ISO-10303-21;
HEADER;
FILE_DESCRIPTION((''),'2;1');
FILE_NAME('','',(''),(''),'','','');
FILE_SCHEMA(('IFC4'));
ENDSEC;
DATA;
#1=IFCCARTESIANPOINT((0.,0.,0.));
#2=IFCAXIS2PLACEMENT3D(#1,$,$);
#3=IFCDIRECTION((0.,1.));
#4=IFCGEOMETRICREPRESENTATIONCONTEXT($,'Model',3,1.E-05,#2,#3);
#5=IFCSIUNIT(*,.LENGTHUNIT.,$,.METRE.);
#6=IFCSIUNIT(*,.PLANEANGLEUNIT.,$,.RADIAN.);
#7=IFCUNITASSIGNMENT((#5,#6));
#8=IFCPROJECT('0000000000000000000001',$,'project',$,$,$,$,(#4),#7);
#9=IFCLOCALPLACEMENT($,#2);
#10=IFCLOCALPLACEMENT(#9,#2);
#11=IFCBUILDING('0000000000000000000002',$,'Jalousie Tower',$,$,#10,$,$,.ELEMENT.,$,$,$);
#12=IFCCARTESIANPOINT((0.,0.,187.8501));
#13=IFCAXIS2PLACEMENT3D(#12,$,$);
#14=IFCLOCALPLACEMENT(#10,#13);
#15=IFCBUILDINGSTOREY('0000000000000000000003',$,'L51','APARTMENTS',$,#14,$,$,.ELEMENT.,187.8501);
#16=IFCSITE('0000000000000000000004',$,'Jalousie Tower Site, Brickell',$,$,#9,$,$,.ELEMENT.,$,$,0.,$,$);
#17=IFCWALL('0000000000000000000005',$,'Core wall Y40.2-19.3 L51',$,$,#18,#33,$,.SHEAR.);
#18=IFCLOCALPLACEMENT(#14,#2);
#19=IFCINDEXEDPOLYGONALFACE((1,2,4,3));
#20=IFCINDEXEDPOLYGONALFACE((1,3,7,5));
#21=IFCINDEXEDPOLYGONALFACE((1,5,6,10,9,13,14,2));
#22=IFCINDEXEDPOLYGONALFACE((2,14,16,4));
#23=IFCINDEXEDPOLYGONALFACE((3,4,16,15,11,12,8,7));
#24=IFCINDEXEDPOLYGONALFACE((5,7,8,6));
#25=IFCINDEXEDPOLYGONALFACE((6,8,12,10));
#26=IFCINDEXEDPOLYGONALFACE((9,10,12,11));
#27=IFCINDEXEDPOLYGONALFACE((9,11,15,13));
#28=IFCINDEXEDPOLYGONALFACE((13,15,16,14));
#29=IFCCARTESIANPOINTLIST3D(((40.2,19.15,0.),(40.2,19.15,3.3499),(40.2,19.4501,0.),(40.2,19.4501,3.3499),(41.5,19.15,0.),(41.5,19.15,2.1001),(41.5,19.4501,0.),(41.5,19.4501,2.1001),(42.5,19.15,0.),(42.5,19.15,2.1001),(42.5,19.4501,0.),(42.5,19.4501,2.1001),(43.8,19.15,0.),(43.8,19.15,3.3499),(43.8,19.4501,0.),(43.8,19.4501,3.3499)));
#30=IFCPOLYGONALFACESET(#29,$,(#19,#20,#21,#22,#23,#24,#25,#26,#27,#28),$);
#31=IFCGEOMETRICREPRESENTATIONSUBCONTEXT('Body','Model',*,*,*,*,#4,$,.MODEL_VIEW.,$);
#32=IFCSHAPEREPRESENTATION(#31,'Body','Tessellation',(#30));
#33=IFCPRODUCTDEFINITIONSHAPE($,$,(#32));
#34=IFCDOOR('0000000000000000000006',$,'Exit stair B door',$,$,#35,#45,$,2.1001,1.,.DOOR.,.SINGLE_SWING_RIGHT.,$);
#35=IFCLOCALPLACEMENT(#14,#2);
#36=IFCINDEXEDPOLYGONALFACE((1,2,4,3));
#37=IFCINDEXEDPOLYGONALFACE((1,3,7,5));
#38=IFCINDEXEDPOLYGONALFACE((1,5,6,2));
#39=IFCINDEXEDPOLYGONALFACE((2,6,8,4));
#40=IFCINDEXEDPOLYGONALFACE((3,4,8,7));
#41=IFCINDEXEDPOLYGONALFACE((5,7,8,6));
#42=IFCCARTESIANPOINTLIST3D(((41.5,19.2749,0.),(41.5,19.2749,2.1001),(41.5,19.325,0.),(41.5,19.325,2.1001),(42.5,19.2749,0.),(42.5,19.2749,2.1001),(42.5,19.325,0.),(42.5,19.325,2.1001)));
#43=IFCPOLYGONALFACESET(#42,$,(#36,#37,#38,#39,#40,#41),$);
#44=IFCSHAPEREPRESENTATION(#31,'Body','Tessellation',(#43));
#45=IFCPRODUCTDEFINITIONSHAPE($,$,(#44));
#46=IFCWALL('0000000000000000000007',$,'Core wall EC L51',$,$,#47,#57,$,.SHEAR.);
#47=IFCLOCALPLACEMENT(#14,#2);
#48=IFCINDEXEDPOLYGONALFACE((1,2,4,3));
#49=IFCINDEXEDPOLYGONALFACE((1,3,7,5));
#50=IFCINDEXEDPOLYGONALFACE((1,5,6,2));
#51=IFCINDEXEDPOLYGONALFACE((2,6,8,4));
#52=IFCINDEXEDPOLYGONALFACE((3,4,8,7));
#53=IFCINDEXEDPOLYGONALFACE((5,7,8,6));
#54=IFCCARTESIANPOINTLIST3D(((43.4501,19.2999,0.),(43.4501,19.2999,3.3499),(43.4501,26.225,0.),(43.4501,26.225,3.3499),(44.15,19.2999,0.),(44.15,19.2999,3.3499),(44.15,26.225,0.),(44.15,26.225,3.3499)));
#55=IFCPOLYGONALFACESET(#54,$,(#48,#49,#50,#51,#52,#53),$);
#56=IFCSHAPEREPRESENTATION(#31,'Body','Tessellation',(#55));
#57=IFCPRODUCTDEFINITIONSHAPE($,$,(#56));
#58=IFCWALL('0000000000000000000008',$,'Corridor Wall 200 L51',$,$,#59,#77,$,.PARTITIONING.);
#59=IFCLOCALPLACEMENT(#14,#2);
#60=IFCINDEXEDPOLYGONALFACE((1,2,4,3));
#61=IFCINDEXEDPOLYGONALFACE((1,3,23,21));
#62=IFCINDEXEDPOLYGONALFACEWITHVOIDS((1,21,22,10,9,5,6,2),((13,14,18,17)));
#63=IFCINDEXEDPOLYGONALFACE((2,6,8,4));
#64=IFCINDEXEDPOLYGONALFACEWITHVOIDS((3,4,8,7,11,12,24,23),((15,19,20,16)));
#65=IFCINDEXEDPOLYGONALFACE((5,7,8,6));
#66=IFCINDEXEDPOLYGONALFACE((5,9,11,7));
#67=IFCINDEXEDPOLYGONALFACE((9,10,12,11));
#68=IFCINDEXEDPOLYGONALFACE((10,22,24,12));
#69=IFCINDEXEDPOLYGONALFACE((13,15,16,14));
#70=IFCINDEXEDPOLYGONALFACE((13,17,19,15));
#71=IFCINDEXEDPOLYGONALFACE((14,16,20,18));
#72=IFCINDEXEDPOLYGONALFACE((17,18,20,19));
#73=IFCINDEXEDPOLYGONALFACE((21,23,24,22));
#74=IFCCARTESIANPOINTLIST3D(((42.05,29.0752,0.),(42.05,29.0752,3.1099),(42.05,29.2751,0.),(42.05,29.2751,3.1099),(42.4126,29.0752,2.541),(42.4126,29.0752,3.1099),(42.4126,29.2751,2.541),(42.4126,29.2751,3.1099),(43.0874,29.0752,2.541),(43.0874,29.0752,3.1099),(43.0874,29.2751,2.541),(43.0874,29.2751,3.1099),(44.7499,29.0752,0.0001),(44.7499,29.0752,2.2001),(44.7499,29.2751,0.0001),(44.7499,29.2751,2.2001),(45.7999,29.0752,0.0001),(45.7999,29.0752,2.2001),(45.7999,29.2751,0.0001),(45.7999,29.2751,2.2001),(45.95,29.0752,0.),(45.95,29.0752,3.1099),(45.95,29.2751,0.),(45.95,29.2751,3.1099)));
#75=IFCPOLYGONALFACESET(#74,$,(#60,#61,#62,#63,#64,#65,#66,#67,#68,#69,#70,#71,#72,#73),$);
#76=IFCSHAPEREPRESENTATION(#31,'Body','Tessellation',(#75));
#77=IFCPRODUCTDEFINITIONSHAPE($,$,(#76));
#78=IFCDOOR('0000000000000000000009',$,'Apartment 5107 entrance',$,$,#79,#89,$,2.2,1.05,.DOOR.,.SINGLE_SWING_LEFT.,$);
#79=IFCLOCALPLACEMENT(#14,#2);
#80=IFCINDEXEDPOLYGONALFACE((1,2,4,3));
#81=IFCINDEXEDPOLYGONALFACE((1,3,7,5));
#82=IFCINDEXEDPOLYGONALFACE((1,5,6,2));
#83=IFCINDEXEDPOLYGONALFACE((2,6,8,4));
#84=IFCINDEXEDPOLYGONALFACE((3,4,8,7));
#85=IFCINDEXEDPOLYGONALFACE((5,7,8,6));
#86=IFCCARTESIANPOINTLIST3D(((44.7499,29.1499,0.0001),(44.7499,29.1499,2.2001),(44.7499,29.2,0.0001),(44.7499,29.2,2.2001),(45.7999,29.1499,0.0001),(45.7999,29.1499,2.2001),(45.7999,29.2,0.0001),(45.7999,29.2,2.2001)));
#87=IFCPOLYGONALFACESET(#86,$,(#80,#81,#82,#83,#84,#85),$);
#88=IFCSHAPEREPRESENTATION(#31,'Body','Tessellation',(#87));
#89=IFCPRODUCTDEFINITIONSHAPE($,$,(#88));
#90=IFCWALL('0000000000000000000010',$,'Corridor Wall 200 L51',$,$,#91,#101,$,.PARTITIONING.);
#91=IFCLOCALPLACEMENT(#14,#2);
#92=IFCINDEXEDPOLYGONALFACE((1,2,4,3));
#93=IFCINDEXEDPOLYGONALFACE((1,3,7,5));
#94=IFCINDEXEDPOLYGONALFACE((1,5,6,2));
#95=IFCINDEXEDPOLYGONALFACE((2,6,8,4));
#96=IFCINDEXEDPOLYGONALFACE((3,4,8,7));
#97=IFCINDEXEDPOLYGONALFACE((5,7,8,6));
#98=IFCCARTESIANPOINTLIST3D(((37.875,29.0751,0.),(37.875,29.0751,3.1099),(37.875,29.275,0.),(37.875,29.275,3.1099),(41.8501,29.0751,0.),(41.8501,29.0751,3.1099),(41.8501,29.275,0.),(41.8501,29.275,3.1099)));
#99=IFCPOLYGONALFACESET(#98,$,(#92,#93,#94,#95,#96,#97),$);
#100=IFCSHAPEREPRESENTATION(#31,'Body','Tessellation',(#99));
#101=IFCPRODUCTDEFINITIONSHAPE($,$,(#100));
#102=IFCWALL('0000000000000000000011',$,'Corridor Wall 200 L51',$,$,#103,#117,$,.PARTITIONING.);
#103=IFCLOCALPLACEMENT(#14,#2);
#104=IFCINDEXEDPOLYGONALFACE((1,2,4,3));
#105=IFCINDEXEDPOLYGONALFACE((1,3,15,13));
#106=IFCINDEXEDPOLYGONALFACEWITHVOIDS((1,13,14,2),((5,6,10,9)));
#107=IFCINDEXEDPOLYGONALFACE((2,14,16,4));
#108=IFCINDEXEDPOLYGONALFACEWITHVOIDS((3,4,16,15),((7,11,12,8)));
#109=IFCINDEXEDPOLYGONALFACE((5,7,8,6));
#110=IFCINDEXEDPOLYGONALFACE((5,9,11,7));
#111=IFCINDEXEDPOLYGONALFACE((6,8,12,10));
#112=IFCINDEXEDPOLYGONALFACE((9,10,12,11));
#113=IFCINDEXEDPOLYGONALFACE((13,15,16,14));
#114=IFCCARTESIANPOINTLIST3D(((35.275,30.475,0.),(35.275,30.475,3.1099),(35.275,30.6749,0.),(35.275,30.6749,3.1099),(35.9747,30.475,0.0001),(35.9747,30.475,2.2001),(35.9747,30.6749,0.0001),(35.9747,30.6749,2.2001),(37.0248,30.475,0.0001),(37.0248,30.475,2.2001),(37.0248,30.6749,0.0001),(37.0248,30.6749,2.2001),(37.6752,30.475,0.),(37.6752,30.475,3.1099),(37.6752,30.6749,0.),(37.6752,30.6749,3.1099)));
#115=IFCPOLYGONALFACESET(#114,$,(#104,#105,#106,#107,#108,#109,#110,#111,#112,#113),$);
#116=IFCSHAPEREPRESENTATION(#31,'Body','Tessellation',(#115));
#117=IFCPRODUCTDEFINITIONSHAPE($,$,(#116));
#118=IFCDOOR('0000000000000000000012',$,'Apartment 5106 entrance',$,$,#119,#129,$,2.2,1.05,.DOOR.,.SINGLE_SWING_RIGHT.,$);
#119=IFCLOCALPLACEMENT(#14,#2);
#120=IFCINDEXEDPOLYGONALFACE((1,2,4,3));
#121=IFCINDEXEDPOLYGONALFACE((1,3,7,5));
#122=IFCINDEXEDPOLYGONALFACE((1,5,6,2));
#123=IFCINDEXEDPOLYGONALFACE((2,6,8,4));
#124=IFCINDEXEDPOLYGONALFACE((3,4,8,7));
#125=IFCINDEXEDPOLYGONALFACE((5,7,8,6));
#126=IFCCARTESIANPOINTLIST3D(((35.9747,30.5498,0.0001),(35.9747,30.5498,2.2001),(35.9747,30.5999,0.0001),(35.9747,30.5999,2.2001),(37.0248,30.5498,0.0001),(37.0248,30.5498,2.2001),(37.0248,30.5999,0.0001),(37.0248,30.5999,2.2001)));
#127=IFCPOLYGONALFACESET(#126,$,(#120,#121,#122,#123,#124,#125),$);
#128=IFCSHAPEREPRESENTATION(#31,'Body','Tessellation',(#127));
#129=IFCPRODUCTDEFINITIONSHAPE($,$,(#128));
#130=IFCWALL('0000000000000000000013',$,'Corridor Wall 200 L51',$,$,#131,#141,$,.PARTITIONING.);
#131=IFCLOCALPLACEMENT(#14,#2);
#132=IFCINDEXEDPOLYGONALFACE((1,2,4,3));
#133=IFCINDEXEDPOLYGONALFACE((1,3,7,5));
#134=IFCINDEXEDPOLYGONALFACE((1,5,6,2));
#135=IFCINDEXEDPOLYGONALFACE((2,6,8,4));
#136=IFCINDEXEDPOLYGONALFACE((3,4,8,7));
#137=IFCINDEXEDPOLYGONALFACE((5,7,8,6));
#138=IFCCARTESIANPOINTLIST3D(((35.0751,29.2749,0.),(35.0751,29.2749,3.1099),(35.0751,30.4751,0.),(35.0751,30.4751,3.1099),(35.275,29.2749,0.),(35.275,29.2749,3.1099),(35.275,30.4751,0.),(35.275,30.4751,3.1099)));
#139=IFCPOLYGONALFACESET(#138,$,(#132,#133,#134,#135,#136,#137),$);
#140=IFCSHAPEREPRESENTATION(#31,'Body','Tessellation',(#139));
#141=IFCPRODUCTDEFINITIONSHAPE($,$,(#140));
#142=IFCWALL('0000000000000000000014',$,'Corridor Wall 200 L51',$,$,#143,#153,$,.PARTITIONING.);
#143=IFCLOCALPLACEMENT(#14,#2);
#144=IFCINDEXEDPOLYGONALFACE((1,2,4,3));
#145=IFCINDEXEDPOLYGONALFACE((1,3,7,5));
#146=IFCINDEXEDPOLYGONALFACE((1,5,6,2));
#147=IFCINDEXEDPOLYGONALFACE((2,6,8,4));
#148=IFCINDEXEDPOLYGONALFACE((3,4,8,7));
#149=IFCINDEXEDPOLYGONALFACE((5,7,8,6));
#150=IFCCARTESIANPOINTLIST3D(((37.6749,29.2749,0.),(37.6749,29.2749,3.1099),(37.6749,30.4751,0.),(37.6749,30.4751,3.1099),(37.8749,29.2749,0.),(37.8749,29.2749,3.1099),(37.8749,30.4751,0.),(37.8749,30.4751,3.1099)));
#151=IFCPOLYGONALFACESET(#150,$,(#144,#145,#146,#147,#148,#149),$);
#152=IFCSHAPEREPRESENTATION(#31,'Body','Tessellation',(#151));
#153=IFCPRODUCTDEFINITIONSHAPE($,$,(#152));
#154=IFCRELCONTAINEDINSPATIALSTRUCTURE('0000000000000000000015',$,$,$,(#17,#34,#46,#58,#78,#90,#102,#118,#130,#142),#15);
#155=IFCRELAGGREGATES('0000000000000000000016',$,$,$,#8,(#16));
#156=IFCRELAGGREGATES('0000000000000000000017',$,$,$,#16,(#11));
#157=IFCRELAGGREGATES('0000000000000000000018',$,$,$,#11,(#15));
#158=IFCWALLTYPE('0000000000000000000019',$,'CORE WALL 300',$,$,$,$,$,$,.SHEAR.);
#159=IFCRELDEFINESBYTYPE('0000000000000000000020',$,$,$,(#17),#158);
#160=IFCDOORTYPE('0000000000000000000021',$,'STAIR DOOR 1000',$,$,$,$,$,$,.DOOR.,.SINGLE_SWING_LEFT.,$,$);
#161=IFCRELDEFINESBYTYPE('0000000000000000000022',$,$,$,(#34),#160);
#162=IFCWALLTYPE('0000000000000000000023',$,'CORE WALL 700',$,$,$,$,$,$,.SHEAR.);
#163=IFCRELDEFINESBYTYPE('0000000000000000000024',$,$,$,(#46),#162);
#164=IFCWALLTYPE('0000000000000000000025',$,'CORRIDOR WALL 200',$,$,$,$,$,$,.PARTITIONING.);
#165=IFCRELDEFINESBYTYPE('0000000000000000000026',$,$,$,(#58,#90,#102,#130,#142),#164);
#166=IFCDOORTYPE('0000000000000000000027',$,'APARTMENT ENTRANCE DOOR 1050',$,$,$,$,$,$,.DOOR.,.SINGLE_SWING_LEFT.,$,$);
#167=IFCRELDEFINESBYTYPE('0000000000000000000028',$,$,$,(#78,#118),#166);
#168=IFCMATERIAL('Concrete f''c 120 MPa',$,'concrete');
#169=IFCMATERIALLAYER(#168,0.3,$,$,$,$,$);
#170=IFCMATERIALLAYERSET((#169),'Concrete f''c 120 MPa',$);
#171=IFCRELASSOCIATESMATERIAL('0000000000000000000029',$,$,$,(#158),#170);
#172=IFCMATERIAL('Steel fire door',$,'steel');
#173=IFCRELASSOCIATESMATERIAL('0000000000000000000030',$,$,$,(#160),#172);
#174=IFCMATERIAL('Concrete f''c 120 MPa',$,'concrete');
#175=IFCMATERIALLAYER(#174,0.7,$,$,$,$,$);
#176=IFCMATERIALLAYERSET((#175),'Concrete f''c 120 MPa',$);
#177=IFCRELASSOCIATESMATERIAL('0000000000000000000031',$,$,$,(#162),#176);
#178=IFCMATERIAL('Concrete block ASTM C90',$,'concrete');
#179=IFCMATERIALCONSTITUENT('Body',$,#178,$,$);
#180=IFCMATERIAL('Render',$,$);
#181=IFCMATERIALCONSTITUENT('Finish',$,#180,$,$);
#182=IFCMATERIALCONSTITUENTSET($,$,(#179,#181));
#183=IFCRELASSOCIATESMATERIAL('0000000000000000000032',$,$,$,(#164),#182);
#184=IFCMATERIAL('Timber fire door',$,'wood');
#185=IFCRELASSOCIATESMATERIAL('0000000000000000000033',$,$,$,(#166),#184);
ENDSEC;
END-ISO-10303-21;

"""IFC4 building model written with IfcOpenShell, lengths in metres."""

from ifc_helpers import new_model, si_unit, direction, frame, frame_2d, origin, place, context, subcontext, project, spatial, polyline, rectangle, outline, extrude, material, layer, layer_set, constituent, constituent_set, type_object, element, fill, save


model = new_model("IFC4")

# Units and contexts
model_context = context("Model", 3, precision=1e-05, world=origin(), true_north=direction((0.0, 1.0)))
body_context = subcontext(model_context, "Body", "Model", "MODEL_VIEW")
ifc_project = project(units=[si_unit("LENGTHUNIT", "METRE"), si_unit("PLANEANGLEUNIT", "RADIAN")], contexts=[model_context])

# Site, building, storey
site_placement = place(None, origin())
site = spatial("IfcSite", under=ifc_project, at=site_placement, Name="Jalousie Tower Site, Brickell", CompositionType="ELEMENT", RefElevation=0.0)
building_placement = place(site_placement, origin())
building = spatial("IfcBuilding", under=site, at=building_placement, Name="Jalousie Tower", CompositionType="ELEMENT")
storey_placement = place(building_placement, frame((0.0, 0.0, 187.8501)))
storey = spatial("IfcBuildingStorey", under=building, at=storey_placement, Name="L51", Description="APARTMENTS", CompositionType="ELEMENT", Elevation=187.8501)

# Shared definitions
ifc_material_1 = material(Name="Concrete f'c 120 MPa", Category="concrete")
ifc_layer_1 = layer(ifc_material_1, 0.3)
ifc_layer_set_1 = layer_set([ifc_layer_1], Name="Concrete f'c 120 MPa")
wall_type_1 = type_object("IfcWallType", Name="CORE WALL 300", PredefinedType="SHEAR", material=ifc_layer_set_1)

# Wall, opening, door
wall_1_placement = place(storey_placement, frame((40.2, 19.3, 0.0), z_axis=(0.0, 0.0, 1.0), x_axis=(1.0, 0.0, 0.0)))
wall_1 = element("IfcWall", 1, at=wall_1_placement, inside=storey, type_object=wall_type_1, Name="Core wall Y40.2-19.3 L51", PredefinedType="SHEAR", context=body_context, shape_type="SweptSolid", body=[
    extrude(rectangle(XDim=3.6001, YDim=0.3, at=frame_2d((1.8, 0.0))), origin(), (0.0, 0.0, 1.0), 3.3499),
])
opening_1_placement = place(wall_1_placement, frame((1.3, 0.0, 0.0)))
opening_1 = element("IfcOpeningElement", 2, at=opening_1_placement, cuts=wall_1, PredefinedType="OPENING", context=body_context, shape_type="SweptSolid", body=[
    extrude(rectangle(XDim=1.0, YDim=2.1001, at=frame_2d((0.5, 1.05))), frame((0.0, 0.1599, 0.0), z_axis=(0.0, -1.0, 0.0), x_axis=(1.0, 0.0, 0.0)), (0.0, 0.0, 1.0), 0.3201),
])
ifc_material_2 = material(Name="Steel fire door", Category="steel")
door_type_1 = type_object("IfcDoorType", Name="STAIR DOOR 1000", OperationType="SINGLE_SWING_LEFT", PredefinedType="DOOR", material=ifc_material_2)
door_1_placement = place(opening_1_placement, origin())
door_1 = element("IfcDoor", 3, at=door_1_placement, inside=storey, type_object=door_type_1, Name="Exit stair B door", OperationType="SINGLE_SWING_RIGHT", OverallHeight=2.1001, OverallWidth=1.0, PredefinedType="DOOR", context=body_context, shape_type="SweptSolid", body=[
    extrude(rectangle(XDim=1.0, YDim=2.1001, at=frame_2d((0.5, 1.05))), frame((0.0, 0.0249, 0.0), z_axis=(0.0, -1.0, 0.0), x_axis=(1.0, 0.0, 0.0)), (0.0, 0.0, 1.0), 0.05),
])
fill(opening_1, door_1)

# Wall
ifc_material_3 = material(Name="Concrete f'c 120 MPa", Category="concrete")
ifc_layer_2 = layer(ifc_material_3, 0.7)
ifc_layer_set_2 = layer_set([ifc_layer_2], Name="Concrete f'c 120 MPa")
wall_type_2 = type_object("IfcWallType", Name="CORE WALL 700", PredefinedType="SHEAR", material=ifc_layer_set_2)
wall_2_placement = place(storey_placement, frame((43.8, 19.3, 0.0), z_axis=(0.0, 0.0, 1.0), x_axis=(0.0, 1.0, 0.0)))
element("IfcWall", 4, at=wall_2_placement, inside=storey, type_object=wall_type_2, Name="Core wall EC L51", PredefinedType="SHEAR", context=body_context, shape_type="SweptSolid", body=[
    extrude(rectangle(XDim=6.925, YDim=0.7, at=frame_2d((3.4624, 0.0))), origin(), (0.0, 0.0, 1.0), 3.3499),
])

# Wall, opening, door
ifc_material_4 = material(Name="Concrete block ASTM C90", Category="concrete")
ifc_constituent_1 = constituent(ifc_material_4, Name="Body")
ifc_material_5 = material(Name="Render")
ifc_constituent_2 = constituent(ifc_material_5, Name="Finish")
ifc_constituent_set_1 = constituent_set(constituents=[ifc_constituent_1, ifc_constituent_2])
wall_type_3 = type_object("IfcWallType", Name="CORRIDOR WALL 200", PredefinedType="PARTITIONING", material=ifc_constituent_set_1)
wall_3_placement = place(storey_placement, frame((42.05, 29.175, 0.0), z_axis=(0.0, 0.0, 1.0), x_axis=(1.0, 0.0, 0.0)))
wall_3 = element("IfcWall", 5, at=wall_3_placement, inside=storey, type_object=wall_type_3, Name="Corridor Wall 200 L51", PredefinedType="PARTITIONING", context=body_context, shape_type="SweptSolid", body=[
    extrude(outline(polyline([(0.0, 0.0), (3.8999, 0.0), (3.8999, 3.1099), (1.0374, 3.1099), (1.0374, 2.541), (0.3625, 2.541), (0.3625, 3.1099), (0.0, 3.1099), (0.0, 0.0)])), frame((0.0, 0.1001, 0.0), z_axis=(0.0, -1.0, 0.0), x_axis=(1.0, 0.0, 0.0)), (0.0, 0.0, 1.0), 0.2),
])
opening_2_placement = place(wall_3_placement, frame((2.7, 0.0, 0.0)))
opening_2 = element("IfcOpeningElement", 6, at=opening_2_placement, cuts=wall_3, PredefinedType="OPENING", context=body_context, shape_type="SweptSolid", body=[
    extrude(rectangle(XDim=1.05, YDim=2.2, at=frame_2d((0.5249, 1.1001))), frame((0.0, 0.1099, 0.0), z_axis=(0.0, -1.0, 0.0), x_axis=(1.0, 0.0, 0.0)), (0.0, 0.0, 1.0), 0.22),
])
ifc_material_6 = material(Name="Timber fire door", Category="wood")
door_type_2 = type_object("IfcDoorType", Name="APARTMENT ENTRANCE DOOR 1050", OperationType="SINGLE_SWING_LEFT", PredefinedType="DOOR", material=ifc_material_6)
door_2_placement = place(opening_2_placement, origin())
door_2 = element("IfcDoor", 7, at=door_2_placement, inside=storey, type_object=door_type_2, Name="Apartment 5107 entrance", OperationType="SINGLE_SWING_LEFT", OverallHeight=2.2, OverallWidth=1.05, PredefinedType="DOOR", context=body_context, shape_type="SweptSolid", body=[
    extrude(rectangle(XDim=1.05, YDim=2.2, at=frame_2d((0.5249, 1.1001))), frame((0.0, 0.0249, 0.0), z_axis=(0.0, -1.0, 0.0), x_axis=(1.0, 0.0, 0.0)), (0.0, 0.0, 1.0), 0.05),
])
fill(opening_2, door_2)

# Wall
wall_4_placement = place(storey_placement, frame((37.875, 29.175, 0.0), z_axis=(0.0, 0.0, 1.0), x_axis=(1.0, 0.0, 0.0)))
element("IfcWall", 8, at=wall_4_placement, inside=storey, type_object=wall_type_3, Name="Corridor Wall 200 L51", PredefinedType="PARTITIONING", context=body_context, shape_type="SweptSolid", body=[
    extrude(rectangle(XDim=3.9751, YDim=0.2, at=frame_2d((1.9875, 0.0))), origin(), (0.0, 0.0, 1.0), 3.1099),
])

# Wall, opening, door
wall_5_placement = place(storey_placement, frame((35.2749, 30.575, 0.0), z_axis=(0.0, 0.0, 1.0), x_axis=(1.0, 0.0, 0.0)))
wall_5 = element("IfcWall", 9, at=wall_5_placement, inside=storey, type_object=wall_type_3, Name="Corridor Wall 200 L51", PredefinedType="PARTITIONING", context=body_context, shape_type="SweptSolid", body=[
    extrude(rectangle(XDim=2.4001, YDim=0.2, at=frame_2d((1.2002, 0.0))), origin(), (0.0, 0.0, 1.0), 3.1099),
])
opening_3_placement = place(wall_5_placement, frame((0.7, 0.0, 0.0)))
opening_3 = element("IfcOpeningElement", 10, at=opening_3_placement, cuts=wall_5, PredefinedType="OPENING", context=body_context, shape_type="SweptSolid", body=[
    extrude(rectangle(XDim=1.05, YDim=2.2, at=frame_2d((0.5249, 1.1001))), frame((0.0, 0.1099, 0.0), z_axis=(0.0, -1.0, 0.0), x_axis=(1.0, 0.0, 0.0)), (0.0, 0.0, 1.0), 0.22),
])
door_3_placement = place(opening_3_placement, origin())
door_3 = element("IfcDoor", 11, at=door_3_placement, inside=storey, type_object=door_type_2, Name="Apartment 5106 entrance", OperationType="SINGLE_SWING_RIGHT", OverallHeight=2.2, OverallWidth=1.05, PredefinedType="DOOR", context=body_context, shape_type="SweptSolid", body=[
    extrude(rectangle(XDim=1.05, YDim=2.2, at=frame_2d((0.5249, 1.1001))), frame((0.0, 0.0249, 0.0), z_axis=(0.0, -1.0, 0.0), x_axis=(1.0, 0.0, 0.0)), (0.0, 0.0, 1.0), 0.05),
])
fill(opening_3, door_3)

# Walls
for number, where, z_axis, x_axis, name in (
    (12, (35.175, 29.2749, 0.0), (0.0, 0.0, 1.0), (0.0, 1.0, 0.0), "Corridor Wall 200 L51"),
    (13, (37.7749, 29.2749, 0.0), (0.0, 0.0, 1.0), (0.0, 1.0, 0.0), "Corridor Wall 200 L51"),
):
    element("IfcWall", number, at=place(storey_placement, frame(where, z_axis=z_axis, x_axis=x_axis)), inside=storey, type_object=wall_type_3, Name=name, PredefinedType="PARTITIONING", context=body_context, shape_type="SweptSolid", body=[
        extrude(rectangle(XDim=1.2002, YDim=0.2, at=frame_2d((0.6001, 0.0))), origin(), (0.0, 0.0, 1.0), 3.1099),
    ])

save(model, "model.ifc")
